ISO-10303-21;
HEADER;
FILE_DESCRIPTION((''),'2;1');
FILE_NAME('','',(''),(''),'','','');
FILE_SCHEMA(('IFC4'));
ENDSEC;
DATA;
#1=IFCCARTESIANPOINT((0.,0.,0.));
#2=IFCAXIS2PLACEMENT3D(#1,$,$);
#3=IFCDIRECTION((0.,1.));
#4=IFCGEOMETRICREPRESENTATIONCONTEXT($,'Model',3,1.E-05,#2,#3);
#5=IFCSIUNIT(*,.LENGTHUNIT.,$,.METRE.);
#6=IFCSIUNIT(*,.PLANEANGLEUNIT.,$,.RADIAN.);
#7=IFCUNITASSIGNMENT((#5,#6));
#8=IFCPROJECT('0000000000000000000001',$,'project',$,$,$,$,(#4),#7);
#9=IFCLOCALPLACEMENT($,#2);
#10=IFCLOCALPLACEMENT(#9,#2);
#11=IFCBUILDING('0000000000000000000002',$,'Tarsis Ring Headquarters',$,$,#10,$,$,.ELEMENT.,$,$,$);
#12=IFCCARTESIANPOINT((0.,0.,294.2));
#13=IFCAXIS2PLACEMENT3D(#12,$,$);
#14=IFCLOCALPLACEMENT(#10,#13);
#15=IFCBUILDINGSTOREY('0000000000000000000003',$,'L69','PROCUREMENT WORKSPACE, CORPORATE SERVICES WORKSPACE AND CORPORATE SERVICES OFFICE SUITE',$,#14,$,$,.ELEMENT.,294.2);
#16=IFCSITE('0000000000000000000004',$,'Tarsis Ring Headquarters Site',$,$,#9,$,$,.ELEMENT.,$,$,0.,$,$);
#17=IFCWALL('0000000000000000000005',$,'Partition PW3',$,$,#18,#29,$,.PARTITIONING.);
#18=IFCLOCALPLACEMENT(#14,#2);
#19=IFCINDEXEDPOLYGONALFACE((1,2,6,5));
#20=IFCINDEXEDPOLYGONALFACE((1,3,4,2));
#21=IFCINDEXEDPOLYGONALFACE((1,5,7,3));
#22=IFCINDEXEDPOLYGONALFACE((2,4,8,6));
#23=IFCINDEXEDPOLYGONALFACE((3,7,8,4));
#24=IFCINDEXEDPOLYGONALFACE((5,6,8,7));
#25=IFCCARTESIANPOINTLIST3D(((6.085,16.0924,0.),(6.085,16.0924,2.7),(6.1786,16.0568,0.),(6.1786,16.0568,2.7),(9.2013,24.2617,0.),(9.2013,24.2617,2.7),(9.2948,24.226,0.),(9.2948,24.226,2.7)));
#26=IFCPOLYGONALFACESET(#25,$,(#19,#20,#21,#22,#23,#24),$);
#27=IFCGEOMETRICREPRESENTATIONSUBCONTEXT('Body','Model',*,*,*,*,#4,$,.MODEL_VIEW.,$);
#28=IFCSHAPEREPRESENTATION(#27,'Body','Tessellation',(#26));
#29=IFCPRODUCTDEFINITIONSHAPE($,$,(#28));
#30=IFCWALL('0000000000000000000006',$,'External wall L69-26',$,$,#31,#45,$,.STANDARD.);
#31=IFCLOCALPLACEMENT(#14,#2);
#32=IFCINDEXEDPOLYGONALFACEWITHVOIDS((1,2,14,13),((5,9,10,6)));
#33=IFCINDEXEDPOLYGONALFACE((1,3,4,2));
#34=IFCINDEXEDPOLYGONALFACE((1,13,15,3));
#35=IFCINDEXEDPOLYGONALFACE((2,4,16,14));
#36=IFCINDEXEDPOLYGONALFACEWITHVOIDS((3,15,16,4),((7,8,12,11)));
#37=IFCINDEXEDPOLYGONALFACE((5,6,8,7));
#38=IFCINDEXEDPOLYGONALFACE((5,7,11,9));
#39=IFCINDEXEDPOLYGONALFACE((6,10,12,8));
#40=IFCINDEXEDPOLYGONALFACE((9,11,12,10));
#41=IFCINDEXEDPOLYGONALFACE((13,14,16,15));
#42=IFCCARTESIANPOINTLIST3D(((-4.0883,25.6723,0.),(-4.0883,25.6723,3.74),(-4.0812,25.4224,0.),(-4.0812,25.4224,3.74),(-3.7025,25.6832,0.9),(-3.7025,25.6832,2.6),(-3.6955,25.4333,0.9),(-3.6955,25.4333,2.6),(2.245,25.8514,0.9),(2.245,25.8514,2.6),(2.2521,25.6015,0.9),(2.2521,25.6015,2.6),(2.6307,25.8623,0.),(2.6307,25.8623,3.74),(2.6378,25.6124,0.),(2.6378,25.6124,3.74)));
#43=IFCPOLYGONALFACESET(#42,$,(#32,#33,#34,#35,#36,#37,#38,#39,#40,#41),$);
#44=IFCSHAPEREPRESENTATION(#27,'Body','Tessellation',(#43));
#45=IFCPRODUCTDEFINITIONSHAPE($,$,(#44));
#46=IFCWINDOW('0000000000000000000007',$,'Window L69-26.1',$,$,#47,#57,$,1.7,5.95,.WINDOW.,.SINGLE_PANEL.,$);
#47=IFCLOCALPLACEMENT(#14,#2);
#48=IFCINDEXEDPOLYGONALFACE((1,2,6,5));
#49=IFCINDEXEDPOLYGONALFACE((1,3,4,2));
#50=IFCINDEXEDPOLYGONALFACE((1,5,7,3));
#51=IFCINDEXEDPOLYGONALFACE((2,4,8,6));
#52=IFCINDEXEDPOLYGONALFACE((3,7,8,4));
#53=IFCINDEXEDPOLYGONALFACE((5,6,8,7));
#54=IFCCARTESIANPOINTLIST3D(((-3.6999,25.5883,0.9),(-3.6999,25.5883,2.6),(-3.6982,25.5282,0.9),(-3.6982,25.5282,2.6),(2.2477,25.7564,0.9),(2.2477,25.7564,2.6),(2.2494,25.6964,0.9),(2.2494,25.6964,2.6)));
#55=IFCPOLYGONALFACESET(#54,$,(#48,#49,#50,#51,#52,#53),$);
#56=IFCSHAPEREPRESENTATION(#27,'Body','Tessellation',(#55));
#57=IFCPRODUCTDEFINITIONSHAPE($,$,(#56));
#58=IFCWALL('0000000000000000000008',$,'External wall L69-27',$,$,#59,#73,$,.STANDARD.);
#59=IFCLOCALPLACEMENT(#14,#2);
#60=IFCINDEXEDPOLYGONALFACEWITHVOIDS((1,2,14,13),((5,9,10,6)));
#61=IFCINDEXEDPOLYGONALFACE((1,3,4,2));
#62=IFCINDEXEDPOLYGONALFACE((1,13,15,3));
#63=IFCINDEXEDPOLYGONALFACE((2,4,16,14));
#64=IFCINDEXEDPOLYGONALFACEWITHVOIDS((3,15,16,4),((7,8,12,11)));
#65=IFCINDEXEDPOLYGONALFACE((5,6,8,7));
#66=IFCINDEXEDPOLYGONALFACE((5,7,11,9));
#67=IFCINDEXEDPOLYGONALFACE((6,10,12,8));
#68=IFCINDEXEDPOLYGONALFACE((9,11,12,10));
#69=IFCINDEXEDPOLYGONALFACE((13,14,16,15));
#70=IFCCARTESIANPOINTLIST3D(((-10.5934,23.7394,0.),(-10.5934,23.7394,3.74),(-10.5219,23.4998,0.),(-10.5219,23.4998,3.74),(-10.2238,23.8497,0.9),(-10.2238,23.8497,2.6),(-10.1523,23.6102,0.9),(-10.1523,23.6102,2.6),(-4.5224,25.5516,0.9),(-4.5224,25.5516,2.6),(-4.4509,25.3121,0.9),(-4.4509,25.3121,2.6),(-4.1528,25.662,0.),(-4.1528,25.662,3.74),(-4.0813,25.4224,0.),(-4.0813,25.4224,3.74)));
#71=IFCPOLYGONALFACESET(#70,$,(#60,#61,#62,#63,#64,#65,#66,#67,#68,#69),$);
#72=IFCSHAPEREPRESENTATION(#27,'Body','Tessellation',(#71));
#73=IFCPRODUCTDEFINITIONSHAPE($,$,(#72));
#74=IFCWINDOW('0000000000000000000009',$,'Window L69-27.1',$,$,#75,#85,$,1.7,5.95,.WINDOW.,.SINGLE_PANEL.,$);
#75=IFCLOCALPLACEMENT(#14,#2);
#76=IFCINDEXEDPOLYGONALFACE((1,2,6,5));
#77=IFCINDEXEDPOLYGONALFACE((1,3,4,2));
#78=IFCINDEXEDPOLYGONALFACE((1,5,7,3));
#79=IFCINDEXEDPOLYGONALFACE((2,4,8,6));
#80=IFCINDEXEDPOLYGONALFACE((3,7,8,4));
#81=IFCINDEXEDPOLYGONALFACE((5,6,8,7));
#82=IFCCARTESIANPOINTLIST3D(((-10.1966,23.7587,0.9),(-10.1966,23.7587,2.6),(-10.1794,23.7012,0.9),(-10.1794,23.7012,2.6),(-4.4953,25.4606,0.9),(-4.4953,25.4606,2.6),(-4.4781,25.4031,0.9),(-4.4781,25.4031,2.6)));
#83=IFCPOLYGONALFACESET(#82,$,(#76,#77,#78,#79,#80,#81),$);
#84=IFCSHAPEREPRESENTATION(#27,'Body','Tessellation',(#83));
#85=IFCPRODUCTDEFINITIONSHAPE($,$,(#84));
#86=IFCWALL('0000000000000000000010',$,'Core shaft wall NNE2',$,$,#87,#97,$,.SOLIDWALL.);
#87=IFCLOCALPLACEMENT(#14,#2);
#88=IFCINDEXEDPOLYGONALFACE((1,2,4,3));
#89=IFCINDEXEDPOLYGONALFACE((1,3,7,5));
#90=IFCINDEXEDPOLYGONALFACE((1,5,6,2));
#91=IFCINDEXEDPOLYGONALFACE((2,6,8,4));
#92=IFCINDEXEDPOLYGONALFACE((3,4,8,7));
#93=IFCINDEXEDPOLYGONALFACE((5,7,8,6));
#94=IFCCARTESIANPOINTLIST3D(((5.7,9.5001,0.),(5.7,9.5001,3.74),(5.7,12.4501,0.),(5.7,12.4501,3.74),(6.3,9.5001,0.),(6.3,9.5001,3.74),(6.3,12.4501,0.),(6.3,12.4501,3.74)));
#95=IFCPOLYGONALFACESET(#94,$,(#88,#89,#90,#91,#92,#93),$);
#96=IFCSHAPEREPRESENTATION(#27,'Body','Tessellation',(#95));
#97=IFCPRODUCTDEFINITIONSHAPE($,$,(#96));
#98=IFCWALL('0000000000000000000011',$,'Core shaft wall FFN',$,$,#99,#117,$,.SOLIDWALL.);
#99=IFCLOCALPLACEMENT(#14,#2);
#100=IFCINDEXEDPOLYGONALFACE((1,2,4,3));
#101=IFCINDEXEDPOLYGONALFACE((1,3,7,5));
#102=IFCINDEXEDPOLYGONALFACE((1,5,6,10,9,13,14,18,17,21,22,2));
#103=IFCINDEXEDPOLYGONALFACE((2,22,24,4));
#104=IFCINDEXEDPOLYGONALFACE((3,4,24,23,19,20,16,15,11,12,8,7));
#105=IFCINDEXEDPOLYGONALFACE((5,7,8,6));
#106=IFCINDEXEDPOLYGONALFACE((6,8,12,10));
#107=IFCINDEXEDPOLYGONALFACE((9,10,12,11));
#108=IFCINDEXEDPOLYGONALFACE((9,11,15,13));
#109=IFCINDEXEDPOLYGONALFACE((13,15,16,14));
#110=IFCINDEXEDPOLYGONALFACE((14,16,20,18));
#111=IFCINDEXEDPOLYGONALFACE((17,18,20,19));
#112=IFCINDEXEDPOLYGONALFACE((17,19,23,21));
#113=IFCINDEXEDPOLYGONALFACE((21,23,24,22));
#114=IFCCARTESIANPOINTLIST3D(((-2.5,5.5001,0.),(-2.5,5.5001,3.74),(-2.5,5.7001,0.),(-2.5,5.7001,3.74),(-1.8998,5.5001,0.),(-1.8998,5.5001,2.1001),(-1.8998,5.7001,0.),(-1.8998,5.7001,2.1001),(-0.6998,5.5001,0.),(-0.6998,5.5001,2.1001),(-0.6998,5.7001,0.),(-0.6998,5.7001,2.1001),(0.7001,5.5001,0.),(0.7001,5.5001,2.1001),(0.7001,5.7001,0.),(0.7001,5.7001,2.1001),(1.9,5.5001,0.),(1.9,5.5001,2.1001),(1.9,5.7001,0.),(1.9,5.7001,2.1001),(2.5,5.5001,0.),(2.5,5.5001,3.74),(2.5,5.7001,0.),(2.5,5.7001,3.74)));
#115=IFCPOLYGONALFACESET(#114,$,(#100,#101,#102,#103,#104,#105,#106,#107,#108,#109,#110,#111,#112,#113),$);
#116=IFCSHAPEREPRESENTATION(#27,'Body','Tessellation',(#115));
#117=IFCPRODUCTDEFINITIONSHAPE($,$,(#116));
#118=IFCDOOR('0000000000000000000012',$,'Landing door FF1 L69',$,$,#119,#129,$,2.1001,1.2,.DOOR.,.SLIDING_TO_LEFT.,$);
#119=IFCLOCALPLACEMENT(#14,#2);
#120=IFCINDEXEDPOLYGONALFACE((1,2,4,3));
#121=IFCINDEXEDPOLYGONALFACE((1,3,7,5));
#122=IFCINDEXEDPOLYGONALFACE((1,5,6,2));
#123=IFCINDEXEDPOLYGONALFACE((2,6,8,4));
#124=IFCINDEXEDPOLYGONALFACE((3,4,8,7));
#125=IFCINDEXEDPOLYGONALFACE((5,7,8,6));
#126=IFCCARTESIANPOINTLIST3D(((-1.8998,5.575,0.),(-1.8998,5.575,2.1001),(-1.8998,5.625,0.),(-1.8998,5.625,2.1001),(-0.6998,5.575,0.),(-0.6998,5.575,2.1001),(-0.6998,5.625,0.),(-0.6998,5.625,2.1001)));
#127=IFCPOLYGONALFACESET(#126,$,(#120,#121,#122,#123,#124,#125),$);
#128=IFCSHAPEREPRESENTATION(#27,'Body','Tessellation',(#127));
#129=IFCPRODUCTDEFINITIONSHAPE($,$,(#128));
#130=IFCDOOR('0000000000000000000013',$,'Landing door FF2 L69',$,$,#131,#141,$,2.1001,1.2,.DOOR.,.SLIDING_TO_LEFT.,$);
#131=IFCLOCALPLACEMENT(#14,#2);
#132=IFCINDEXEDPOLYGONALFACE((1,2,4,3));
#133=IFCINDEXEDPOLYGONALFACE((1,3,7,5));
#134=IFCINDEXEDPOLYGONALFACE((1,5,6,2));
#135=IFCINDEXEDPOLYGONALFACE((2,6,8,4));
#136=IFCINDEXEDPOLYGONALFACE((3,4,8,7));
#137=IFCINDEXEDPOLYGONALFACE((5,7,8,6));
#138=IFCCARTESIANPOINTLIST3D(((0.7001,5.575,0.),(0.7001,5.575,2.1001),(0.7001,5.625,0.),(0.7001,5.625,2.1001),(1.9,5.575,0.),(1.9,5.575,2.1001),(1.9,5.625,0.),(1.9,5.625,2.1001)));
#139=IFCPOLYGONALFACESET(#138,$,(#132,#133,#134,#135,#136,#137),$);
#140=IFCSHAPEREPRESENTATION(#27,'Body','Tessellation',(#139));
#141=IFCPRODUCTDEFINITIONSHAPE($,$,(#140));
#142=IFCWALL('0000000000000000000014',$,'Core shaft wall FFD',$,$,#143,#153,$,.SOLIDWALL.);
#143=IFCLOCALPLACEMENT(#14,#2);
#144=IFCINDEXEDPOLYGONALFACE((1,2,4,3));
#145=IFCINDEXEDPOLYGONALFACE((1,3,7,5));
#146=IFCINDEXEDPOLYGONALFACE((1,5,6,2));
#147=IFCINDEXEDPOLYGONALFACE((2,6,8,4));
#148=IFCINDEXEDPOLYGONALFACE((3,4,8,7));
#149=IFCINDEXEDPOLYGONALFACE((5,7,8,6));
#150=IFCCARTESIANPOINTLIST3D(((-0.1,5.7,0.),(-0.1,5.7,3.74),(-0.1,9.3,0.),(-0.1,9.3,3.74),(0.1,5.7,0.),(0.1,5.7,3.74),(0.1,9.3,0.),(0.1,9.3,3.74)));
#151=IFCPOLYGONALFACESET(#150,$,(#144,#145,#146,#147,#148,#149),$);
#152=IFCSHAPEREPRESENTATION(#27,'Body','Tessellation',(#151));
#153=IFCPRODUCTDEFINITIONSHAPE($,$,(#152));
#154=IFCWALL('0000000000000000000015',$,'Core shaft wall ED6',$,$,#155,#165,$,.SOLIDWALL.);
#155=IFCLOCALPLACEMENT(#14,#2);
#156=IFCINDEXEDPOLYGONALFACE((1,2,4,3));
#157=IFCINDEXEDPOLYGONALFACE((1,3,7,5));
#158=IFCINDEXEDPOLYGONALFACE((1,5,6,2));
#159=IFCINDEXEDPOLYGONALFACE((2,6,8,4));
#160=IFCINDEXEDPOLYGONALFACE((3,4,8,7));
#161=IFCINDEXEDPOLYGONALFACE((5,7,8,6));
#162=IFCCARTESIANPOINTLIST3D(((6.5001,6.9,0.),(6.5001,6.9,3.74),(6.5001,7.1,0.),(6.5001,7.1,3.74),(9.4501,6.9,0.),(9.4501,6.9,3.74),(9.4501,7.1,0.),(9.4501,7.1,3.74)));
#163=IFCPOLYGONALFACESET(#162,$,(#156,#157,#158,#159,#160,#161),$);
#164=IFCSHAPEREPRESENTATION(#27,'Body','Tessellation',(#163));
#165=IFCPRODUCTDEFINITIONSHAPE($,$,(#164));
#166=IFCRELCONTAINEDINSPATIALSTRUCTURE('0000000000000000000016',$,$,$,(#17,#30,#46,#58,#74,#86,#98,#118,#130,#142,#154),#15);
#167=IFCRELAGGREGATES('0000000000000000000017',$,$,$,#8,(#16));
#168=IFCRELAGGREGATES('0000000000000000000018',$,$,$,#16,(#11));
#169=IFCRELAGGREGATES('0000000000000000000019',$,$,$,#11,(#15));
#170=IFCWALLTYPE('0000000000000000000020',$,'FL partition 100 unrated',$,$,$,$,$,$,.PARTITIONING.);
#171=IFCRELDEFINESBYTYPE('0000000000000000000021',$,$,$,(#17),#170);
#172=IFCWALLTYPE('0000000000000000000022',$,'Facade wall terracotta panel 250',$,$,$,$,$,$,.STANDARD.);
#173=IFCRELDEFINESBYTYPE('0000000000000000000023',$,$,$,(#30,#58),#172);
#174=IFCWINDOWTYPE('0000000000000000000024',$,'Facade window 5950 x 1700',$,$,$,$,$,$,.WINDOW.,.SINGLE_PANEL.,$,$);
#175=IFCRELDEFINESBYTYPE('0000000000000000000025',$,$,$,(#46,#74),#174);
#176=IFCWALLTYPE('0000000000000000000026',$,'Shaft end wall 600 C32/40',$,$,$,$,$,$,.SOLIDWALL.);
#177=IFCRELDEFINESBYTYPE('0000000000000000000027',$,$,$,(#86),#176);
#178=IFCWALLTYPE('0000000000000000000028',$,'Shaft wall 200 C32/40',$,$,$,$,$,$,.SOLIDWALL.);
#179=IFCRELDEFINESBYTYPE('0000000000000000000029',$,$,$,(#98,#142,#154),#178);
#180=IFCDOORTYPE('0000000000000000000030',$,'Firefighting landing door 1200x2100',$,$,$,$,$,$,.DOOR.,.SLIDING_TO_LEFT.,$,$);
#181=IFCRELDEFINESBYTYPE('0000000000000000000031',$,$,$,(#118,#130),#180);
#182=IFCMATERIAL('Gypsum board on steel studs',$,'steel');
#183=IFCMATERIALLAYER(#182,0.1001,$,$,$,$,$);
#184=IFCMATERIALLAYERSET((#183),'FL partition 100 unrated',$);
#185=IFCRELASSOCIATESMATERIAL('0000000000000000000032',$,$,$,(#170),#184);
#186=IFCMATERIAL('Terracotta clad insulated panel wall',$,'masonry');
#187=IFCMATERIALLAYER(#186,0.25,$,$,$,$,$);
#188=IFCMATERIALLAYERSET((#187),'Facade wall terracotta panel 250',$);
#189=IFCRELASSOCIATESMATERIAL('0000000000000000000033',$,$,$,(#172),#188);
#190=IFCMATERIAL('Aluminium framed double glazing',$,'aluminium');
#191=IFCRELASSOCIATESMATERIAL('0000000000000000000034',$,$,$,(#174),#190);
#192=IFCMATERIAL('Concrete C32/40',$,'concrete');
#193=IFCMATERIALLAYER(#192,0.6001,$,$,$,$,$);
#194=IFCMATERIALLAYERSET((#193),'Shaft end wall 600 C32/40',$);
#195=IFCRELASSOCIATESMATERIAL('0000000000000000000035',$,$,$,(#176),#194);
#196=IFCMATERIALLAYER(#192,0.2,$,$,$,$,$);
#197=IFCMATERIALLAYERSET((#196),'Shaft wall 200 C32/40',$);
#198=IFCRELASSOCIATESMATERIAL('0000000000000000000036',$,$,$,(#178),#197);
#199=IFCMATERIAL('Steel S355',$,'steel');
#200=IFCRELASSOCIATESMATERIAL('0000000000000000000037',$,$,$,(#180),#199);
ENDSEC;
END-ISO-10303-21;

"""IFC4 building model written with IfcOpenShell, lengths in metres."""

from ifc_helpers import new_model, si_unit, direction, frame, frame_2d, origin, place, context, subcontext, project, spatial, rectangle, extrude, material, layer, layer_set, type_object, element, fill, save


model = new_model("IFC4")

# Units and contexts
model_context = context("Model", 3, precision=1e-05, world=origin(), true_north=direction((0.0, 1.0)))
body_context = subcontext(model_context, "Body", "Model", "MODEL_VIEW")
ifc_project = project(units=[si_unit("LENGTHUNIT", "METRE"), si_unit("PLANEANGLEUNIT", "RADIAN")], contexts=[model_context])

# Site, building, storey
site_placement = place(None, origin())
site = spatial("IfcSite", under=ifc_project, at=site_placement, Name="Tarsis Ring Headquarters Site", CompositionType="ELEMENT", RefElevation=0.0)
building_placement = place(site_placement, origin())
building = spatial("IfcBuilding", under=site, at=building_placement, Name="Tarsis Ring Headquarters", CompositionType="ELEMENT")
storey_placement = place(building_placement, frame((0.0, 0.0, 294.2)))
storey = spatial("IfcBuildingStorey", under=building, at=storey_placement, Name="L69", Description="PROCUREMENT WORKSPACE, CORPORATE SERVICES WORKSPACE AND CORPORATE SERVICES OFFICE SUITE", CompositionType="ELEMENT", Elevation=294.2)

# Wall
ifc_material_1 = material(Name="Gypsum board on steel studs", Category="steel")
ifc_layer_1 = layer(ifc_material_1, 0.1001)
ifc_layer_set_1 = layer_set([ifc_layer_1], Name="FL partition 100 unrated")
wall_type_1 = type_object("IfcWallType", Name="FL partition 100 unrated", PredefinedType="PARTITIONING", material=ifc_layer_set_1)
wall_1_placement = place(storey_placement, frame((6.1318, 16.0747, 0.0), z_axis=(0.0, 0.0, 1.0), x_axis=(0.356409, 0.93433, 0.0)))
element("IfcWall", 1, at=wall_1_placement, inside=storey, type_object=wall_type_1, Name="Partition PW3", PredefinedType="PARTITIONING", context=body_context, shape_type="SweptSolid", body=[
    extrude(rectangle(XDim=8.7434, YDim=0.1001, at=frame_2d((4.3716, 0.0))), origin(), (0.0, 0.0, 1.0), 2.7),
])

# Walls, openings, windows
ifc_material_2 = material(Name="Terracotta clad insulated panel wall", Category="masonry")
ifc_layer_2 = layer(ifc_material_2, 0.25)
ifc_layer_set_2 = layer_set([ifc_layer_2], Name="Facade wall terracotta panel 250")
wall_type_2 = type_object("IfcWallType", Name="Facade wall terracotta panel 250", PredefinedType="STANDARD", material=ifc_layer_set_2)
wall_2_placement = place(storey_placement, frame((2.6343, 25.7373, 0.0), z_axis=(0.0, 0.0, 1.0), x_axis=(-0.999601, -0.028258, 0.0)))
wall_2 = element("IfcWall", 2, at=wall_2_placement, inside=storey, type_object=wall_type_2, Name="External wall L69-26", PredefinedType="STANDARD", context=body_context, shape_type="SweptSolid", body=[
    extrude(rectangle(XDim=6.7217, YDim=0.25, at=frame_2d((3.3608, 0.0))), origin(), (0.0, 0.0, 1.0), 3.74),
])
opening_1_placement = place(wall_2_placement, frame((0.3857, 0.0, 0.8999)))
opening_1 = element("IfcOpeningElement", 3, at=opening_1_placement, cuts=wall_2, PredefinedType="OPENING", context=body_context, shape_type="SweptSolid", body=[
    extrude(rectangle(XDim=5.95, YDim=1.7, at=frame_2d((2.9751, 0.8501))), frame((0.0, 0.135, 0.0), z_axis=(0.0, -1.0, 0.0), x_axis=(1.0, 0.0, 0.0)), (0.0, 0.0, 1.0), 0.27),
])
ifc_material_3 = material(Name="Aluminium framed double glazing", Category="aluminium")
window_type = type_object("IfcWindowType", Name="Facade window 5950 x 1700", PartitioningType="SINGLE_PANEL", PredefinedType="WINDOW", material=ifc_material_3)
window_1_placement = place(opening_1_placement, origin())
window_1 = element("IfcWindow", 4, at=window_1_placement, inside=storey, type_object=window_type, Name="Window L69-26.1", OverallHeight=1.7, OverallWidth=5.95, PartitioningType="SINGLE_PANEL", PredefinedType="WINDOW", context=body_context, shape_type="SweptSolid", body=[
    extrude(rectangle(XDim=5.95, YDim=1.7, at=frame_2d((2.9751, 0.8501))), frame((0.0, 0.03, 0.0), z_axis=(0.0, -1.0, 0.0), x_axis=(1.0, 0.0, 0.0)), (0.0, 0.0, 1.0), 0.0601),
])
fill(opening_1, window_1)
wall_3_placement = place(storey_placement, frame((-4.1169, 25.5422, 0.0), z_axis=(0.0, 0.0, 1.0), x_axis=(-0.958218, -0.286038, 0.0)))
wall_3 = element("IfcWall", 5, at=wall_3_placement, inside=storey, type_object=wall_type_2, Name="External wall L69-27", PredefinedType="STANDARD", context=body_context, shape_type="SweptSolid", body=[
    extrude(rectangle(XDim=6.7214, YDim=0.25, at=frame_2d((3.3608, 0.0))), origin(), (0.0, 0.0, 1.0), 3.74),
])
opening_2_placement = place(wall_3_placement, frame((0.3857, 0.0, 0.8999)))
opening_2 = element("IfcOpeningElement", 6, at=opening_2_placement, cuts=wall_3, PredefinedType="OPENING", context=body_context, shape_type="SweptSolid", body=[
    extrude(rectangle(XDim=5.95, YDim=1.7, at=frame_2d((2.9751, 0.8501))), frame((0.0, 0.135, 0.0), z_axis=(0.0, -1.0, 0.0), x_axis=(1.0, 0.0, 0.0)), (0.0, 0.0, 1.0), 0.27),
])
window_2_placement = place(opening_2_placement, origin())
window_2 = element("IfcWindow", 7, at=window_2_placement, inside=storey, type_object=window_type, Name="Window L69-27.1", OverallHeight=1.7, OverallWidth=5.95, PartitioningType="SINGLE_PANEL", PredefinedType="WINDOW", context=body_context, shape_type="SweptSolid", body=[
    extrude(rectangle(XDim=5.95, YDim=1.7, at=frame_2d((2.9751, 0.8501))), frame((0.0, 0.03, 0.0), z_axis=(0.0, -1.0, 0.0), x_axis=(1.0, 0.0, 0.0)), (0.0, 0.0, 1.0), 0.0601),
])
fill(opening_2, window_2)

# Wall
ifc_material_4 = material(Name="Concrete C32/40", Category="concrete")
ifc_layer_3 = layer(ifc_material_4, 0.6001)
ifc_layer_set_3 = layer_set([ifc_layer_3], Name="Shaft end wall 600 C32/40")
wall_type_3 = type_object("IfcWallType", Name="Shaft end wall 600 C32/40", PredefinedType="SOLIDWALL", material=ifc_layer_set_3)
wall_4_placement = place(storey_placement, frame((6.0, 9.5, 0.0), z_axis=(0.0, 0.0, 1.0), x_axis=(0.0, 1.0, 0.0)))
element("IfcWall", 8, at=wall_4_placement, inside=storey, type_object=wall_type_3, Name="Core shaft wall NNE2", PredefinedType="SOLIDWALL", context=body_context, shape_type="SweptSolid", body=[
    extrude(rectangle(XDim=2.95, YDim=0.6001, at=frame_2d((1.4751, 0.0))), origin(), (0.0, 0.0, 1.0), 3.74),
])

# Wall, openings, doors
ifc_layer_4 = layer(ifc_material_4, 0.2)
ifc_layer_set_4 = layer_set([ifc_layer_4], Name="Shaft wall 200 C32/40")
wall_type_4 = type_object("IfcWallType", Name="Shaft wall 200 C32/40", PredefinedType="SOLIDWALL", material=ifc_layer_set_4)
wall_5_placement = place(storey_placement, frame((-2.5, 5.6001, 0.0), z_axis=(0.0, 0.0, 1.0), x_axis=(1.0, 0.0, 0.0)))
wall_5 = element("IfcWall", 9, at=wall_5_placement, inside=storey, type_object=wall_type_4, Name="Core shaft wall FFN", PredefinedType="SOLIDWALL", context=body_context, shape_type="SweptSolid", body=[
    extrude(rectangle(XDim=5.0, YDim=0.2, at=frame_2d((2.5, 0.0))), origin(), (0.0, 0.0, 1.0), 3.74),
])
opening_3_placement = place(wall_5_placement, frame((0.6001, 0.0, 0.0)))
opening_3 = element("IfcOpeningElement", 10, at=opening_3_placement, cuts=wall_5, PredefinedType="OPENING", context=body_context, shape_type="SweptSolid", body=[
    extrude(rectangle(XDim=1.2, YDim=2.1001, at=frame_2d((0.6001, 1.05))), frame((0.0, 0.1099, 0.0), z_axis=(0.0, -1.0, 0.0), x_axis=(1.0, 0.0, 0.0)), (0.0, 0.0, 1.0), 0.22),
])
opening_4_placement = place(wall_5_placement, frame((3.2, 0.0, 0.0)))
opening_4 = element("IfcOpeningElement", 11, at=opening_4_placement, cuts=wall_5, PredefinedType="OPENING", context=body_context, shape_type="SweptSolid", body=[
    extrude(rectangle(XDim=1.2, YDim=2.1001, at=frame_2d((0.6001, 1.05))), frame((0.0, 0.1099, 0.0), z_axis=(0.0, -1.0, 0.0), x_axis=(1.0, 0.0, 0.0)), (0.0, 0.0, 1.0), 0.22),
])
ifc_material_5 = material(Name="Steel S355", Category="steel")
door_type = type_object("IfcDoorType", Name="Firefighting landing door 1200x2100", OperationType="SLIDING_TO_LEFT", PredefinedType="DOOR", material=ifc_material_5)
door_1_placement = place(opening_3_placement, origin())
door_1 = element("IfcDoor", 12, at=door_1_placement, inside=storey, type_object=door_type, Name="Landing door FF1 L69", OperationType="SLIDING_TO_LEFT", OverallHeight=2.1001, OverallWidth=1.2, PredefinedType="DOOR", context=body_context, shape_type="SweptSolid", body=[
    extrude(rectangle(XDim=1.2, YDim=2.1001, at=frame_2d((0.6001, 1.05))), frame((0.0, 0.0249, 0.0), z_axis=(0.0, -1.0, 0.0), x_axis=(1.0, 0.0, 0.0)), (0.0, 0.0, 1.0), 0.05),
])
fill(opening_3, door_1)
door_2_placement = place(opening_4_placement, origin())
door_2 = element("IfcDoor", 13, at=door_2_placement, inside=storey, type_object=door_type, Name="Landing door FF2 L69", OperationType="SLIDING_TO_LEFT", OverallHeight=2.1001, OverallWidth=1.2, PredefinedType="DOOR", context=body_context, shape_type="SweptSolid", body=[
    extrude(rectangle(XDim=1.2, YDim=2.1001, at=frame_2d((0.6001, 1.05))), frame((0.0, 0.0249, 0.0), z_axis=(0.0, -1.0, 0.0), x_axis=(1.0, 0.0, 0.0)), (0.0, 0.0, 1.0), 0.05),
])
fill(opening_4, door_2)

# Walls
wall_6_placement = place(storey_placement, frame((0.0, 5.7, 0.0), z_axis=(0.0, 0.0, 1.0), x_axis=(0.0, 1.0, 0.0)))
element("IfcWall", 14, at=wall_6_placement, inside=storey, type_object=wall_type_4, Name="Core shaft wall FFD", PredefinedType="SOLIDWALL", context=body_context, shape_type="SweptSolid", body=[
    extrude(rectangle(XDim=3.6001, YDim=0.2, at=frame_2d((1.8, 0.0))), origin(), (0.0, 0.0, 1.0), 3.74),
])
wall_7_placement = place(storey_placement, frame((6.5, 7.0, 0.0), z_axis=(0.0, 0.0, 1.0), x_axis=(1.0, 0.0, 0.0)))
element("IfcWall", 15, at=wall_7_placement, inside=storey, type_object=wall_type_4, Name="Core shaft wall ED6", PredefinedType="SOLIDWALL", context=body_context, shape_type="SweptSolid", body=[
    extrude(rectangle(XDim=2.95, YDim=0.2, at=frame_2d((1.4751, 0.0))), origin(), (0.0, 0.0, 1.0), 3.74),
])

save(model, "model.ifc")
